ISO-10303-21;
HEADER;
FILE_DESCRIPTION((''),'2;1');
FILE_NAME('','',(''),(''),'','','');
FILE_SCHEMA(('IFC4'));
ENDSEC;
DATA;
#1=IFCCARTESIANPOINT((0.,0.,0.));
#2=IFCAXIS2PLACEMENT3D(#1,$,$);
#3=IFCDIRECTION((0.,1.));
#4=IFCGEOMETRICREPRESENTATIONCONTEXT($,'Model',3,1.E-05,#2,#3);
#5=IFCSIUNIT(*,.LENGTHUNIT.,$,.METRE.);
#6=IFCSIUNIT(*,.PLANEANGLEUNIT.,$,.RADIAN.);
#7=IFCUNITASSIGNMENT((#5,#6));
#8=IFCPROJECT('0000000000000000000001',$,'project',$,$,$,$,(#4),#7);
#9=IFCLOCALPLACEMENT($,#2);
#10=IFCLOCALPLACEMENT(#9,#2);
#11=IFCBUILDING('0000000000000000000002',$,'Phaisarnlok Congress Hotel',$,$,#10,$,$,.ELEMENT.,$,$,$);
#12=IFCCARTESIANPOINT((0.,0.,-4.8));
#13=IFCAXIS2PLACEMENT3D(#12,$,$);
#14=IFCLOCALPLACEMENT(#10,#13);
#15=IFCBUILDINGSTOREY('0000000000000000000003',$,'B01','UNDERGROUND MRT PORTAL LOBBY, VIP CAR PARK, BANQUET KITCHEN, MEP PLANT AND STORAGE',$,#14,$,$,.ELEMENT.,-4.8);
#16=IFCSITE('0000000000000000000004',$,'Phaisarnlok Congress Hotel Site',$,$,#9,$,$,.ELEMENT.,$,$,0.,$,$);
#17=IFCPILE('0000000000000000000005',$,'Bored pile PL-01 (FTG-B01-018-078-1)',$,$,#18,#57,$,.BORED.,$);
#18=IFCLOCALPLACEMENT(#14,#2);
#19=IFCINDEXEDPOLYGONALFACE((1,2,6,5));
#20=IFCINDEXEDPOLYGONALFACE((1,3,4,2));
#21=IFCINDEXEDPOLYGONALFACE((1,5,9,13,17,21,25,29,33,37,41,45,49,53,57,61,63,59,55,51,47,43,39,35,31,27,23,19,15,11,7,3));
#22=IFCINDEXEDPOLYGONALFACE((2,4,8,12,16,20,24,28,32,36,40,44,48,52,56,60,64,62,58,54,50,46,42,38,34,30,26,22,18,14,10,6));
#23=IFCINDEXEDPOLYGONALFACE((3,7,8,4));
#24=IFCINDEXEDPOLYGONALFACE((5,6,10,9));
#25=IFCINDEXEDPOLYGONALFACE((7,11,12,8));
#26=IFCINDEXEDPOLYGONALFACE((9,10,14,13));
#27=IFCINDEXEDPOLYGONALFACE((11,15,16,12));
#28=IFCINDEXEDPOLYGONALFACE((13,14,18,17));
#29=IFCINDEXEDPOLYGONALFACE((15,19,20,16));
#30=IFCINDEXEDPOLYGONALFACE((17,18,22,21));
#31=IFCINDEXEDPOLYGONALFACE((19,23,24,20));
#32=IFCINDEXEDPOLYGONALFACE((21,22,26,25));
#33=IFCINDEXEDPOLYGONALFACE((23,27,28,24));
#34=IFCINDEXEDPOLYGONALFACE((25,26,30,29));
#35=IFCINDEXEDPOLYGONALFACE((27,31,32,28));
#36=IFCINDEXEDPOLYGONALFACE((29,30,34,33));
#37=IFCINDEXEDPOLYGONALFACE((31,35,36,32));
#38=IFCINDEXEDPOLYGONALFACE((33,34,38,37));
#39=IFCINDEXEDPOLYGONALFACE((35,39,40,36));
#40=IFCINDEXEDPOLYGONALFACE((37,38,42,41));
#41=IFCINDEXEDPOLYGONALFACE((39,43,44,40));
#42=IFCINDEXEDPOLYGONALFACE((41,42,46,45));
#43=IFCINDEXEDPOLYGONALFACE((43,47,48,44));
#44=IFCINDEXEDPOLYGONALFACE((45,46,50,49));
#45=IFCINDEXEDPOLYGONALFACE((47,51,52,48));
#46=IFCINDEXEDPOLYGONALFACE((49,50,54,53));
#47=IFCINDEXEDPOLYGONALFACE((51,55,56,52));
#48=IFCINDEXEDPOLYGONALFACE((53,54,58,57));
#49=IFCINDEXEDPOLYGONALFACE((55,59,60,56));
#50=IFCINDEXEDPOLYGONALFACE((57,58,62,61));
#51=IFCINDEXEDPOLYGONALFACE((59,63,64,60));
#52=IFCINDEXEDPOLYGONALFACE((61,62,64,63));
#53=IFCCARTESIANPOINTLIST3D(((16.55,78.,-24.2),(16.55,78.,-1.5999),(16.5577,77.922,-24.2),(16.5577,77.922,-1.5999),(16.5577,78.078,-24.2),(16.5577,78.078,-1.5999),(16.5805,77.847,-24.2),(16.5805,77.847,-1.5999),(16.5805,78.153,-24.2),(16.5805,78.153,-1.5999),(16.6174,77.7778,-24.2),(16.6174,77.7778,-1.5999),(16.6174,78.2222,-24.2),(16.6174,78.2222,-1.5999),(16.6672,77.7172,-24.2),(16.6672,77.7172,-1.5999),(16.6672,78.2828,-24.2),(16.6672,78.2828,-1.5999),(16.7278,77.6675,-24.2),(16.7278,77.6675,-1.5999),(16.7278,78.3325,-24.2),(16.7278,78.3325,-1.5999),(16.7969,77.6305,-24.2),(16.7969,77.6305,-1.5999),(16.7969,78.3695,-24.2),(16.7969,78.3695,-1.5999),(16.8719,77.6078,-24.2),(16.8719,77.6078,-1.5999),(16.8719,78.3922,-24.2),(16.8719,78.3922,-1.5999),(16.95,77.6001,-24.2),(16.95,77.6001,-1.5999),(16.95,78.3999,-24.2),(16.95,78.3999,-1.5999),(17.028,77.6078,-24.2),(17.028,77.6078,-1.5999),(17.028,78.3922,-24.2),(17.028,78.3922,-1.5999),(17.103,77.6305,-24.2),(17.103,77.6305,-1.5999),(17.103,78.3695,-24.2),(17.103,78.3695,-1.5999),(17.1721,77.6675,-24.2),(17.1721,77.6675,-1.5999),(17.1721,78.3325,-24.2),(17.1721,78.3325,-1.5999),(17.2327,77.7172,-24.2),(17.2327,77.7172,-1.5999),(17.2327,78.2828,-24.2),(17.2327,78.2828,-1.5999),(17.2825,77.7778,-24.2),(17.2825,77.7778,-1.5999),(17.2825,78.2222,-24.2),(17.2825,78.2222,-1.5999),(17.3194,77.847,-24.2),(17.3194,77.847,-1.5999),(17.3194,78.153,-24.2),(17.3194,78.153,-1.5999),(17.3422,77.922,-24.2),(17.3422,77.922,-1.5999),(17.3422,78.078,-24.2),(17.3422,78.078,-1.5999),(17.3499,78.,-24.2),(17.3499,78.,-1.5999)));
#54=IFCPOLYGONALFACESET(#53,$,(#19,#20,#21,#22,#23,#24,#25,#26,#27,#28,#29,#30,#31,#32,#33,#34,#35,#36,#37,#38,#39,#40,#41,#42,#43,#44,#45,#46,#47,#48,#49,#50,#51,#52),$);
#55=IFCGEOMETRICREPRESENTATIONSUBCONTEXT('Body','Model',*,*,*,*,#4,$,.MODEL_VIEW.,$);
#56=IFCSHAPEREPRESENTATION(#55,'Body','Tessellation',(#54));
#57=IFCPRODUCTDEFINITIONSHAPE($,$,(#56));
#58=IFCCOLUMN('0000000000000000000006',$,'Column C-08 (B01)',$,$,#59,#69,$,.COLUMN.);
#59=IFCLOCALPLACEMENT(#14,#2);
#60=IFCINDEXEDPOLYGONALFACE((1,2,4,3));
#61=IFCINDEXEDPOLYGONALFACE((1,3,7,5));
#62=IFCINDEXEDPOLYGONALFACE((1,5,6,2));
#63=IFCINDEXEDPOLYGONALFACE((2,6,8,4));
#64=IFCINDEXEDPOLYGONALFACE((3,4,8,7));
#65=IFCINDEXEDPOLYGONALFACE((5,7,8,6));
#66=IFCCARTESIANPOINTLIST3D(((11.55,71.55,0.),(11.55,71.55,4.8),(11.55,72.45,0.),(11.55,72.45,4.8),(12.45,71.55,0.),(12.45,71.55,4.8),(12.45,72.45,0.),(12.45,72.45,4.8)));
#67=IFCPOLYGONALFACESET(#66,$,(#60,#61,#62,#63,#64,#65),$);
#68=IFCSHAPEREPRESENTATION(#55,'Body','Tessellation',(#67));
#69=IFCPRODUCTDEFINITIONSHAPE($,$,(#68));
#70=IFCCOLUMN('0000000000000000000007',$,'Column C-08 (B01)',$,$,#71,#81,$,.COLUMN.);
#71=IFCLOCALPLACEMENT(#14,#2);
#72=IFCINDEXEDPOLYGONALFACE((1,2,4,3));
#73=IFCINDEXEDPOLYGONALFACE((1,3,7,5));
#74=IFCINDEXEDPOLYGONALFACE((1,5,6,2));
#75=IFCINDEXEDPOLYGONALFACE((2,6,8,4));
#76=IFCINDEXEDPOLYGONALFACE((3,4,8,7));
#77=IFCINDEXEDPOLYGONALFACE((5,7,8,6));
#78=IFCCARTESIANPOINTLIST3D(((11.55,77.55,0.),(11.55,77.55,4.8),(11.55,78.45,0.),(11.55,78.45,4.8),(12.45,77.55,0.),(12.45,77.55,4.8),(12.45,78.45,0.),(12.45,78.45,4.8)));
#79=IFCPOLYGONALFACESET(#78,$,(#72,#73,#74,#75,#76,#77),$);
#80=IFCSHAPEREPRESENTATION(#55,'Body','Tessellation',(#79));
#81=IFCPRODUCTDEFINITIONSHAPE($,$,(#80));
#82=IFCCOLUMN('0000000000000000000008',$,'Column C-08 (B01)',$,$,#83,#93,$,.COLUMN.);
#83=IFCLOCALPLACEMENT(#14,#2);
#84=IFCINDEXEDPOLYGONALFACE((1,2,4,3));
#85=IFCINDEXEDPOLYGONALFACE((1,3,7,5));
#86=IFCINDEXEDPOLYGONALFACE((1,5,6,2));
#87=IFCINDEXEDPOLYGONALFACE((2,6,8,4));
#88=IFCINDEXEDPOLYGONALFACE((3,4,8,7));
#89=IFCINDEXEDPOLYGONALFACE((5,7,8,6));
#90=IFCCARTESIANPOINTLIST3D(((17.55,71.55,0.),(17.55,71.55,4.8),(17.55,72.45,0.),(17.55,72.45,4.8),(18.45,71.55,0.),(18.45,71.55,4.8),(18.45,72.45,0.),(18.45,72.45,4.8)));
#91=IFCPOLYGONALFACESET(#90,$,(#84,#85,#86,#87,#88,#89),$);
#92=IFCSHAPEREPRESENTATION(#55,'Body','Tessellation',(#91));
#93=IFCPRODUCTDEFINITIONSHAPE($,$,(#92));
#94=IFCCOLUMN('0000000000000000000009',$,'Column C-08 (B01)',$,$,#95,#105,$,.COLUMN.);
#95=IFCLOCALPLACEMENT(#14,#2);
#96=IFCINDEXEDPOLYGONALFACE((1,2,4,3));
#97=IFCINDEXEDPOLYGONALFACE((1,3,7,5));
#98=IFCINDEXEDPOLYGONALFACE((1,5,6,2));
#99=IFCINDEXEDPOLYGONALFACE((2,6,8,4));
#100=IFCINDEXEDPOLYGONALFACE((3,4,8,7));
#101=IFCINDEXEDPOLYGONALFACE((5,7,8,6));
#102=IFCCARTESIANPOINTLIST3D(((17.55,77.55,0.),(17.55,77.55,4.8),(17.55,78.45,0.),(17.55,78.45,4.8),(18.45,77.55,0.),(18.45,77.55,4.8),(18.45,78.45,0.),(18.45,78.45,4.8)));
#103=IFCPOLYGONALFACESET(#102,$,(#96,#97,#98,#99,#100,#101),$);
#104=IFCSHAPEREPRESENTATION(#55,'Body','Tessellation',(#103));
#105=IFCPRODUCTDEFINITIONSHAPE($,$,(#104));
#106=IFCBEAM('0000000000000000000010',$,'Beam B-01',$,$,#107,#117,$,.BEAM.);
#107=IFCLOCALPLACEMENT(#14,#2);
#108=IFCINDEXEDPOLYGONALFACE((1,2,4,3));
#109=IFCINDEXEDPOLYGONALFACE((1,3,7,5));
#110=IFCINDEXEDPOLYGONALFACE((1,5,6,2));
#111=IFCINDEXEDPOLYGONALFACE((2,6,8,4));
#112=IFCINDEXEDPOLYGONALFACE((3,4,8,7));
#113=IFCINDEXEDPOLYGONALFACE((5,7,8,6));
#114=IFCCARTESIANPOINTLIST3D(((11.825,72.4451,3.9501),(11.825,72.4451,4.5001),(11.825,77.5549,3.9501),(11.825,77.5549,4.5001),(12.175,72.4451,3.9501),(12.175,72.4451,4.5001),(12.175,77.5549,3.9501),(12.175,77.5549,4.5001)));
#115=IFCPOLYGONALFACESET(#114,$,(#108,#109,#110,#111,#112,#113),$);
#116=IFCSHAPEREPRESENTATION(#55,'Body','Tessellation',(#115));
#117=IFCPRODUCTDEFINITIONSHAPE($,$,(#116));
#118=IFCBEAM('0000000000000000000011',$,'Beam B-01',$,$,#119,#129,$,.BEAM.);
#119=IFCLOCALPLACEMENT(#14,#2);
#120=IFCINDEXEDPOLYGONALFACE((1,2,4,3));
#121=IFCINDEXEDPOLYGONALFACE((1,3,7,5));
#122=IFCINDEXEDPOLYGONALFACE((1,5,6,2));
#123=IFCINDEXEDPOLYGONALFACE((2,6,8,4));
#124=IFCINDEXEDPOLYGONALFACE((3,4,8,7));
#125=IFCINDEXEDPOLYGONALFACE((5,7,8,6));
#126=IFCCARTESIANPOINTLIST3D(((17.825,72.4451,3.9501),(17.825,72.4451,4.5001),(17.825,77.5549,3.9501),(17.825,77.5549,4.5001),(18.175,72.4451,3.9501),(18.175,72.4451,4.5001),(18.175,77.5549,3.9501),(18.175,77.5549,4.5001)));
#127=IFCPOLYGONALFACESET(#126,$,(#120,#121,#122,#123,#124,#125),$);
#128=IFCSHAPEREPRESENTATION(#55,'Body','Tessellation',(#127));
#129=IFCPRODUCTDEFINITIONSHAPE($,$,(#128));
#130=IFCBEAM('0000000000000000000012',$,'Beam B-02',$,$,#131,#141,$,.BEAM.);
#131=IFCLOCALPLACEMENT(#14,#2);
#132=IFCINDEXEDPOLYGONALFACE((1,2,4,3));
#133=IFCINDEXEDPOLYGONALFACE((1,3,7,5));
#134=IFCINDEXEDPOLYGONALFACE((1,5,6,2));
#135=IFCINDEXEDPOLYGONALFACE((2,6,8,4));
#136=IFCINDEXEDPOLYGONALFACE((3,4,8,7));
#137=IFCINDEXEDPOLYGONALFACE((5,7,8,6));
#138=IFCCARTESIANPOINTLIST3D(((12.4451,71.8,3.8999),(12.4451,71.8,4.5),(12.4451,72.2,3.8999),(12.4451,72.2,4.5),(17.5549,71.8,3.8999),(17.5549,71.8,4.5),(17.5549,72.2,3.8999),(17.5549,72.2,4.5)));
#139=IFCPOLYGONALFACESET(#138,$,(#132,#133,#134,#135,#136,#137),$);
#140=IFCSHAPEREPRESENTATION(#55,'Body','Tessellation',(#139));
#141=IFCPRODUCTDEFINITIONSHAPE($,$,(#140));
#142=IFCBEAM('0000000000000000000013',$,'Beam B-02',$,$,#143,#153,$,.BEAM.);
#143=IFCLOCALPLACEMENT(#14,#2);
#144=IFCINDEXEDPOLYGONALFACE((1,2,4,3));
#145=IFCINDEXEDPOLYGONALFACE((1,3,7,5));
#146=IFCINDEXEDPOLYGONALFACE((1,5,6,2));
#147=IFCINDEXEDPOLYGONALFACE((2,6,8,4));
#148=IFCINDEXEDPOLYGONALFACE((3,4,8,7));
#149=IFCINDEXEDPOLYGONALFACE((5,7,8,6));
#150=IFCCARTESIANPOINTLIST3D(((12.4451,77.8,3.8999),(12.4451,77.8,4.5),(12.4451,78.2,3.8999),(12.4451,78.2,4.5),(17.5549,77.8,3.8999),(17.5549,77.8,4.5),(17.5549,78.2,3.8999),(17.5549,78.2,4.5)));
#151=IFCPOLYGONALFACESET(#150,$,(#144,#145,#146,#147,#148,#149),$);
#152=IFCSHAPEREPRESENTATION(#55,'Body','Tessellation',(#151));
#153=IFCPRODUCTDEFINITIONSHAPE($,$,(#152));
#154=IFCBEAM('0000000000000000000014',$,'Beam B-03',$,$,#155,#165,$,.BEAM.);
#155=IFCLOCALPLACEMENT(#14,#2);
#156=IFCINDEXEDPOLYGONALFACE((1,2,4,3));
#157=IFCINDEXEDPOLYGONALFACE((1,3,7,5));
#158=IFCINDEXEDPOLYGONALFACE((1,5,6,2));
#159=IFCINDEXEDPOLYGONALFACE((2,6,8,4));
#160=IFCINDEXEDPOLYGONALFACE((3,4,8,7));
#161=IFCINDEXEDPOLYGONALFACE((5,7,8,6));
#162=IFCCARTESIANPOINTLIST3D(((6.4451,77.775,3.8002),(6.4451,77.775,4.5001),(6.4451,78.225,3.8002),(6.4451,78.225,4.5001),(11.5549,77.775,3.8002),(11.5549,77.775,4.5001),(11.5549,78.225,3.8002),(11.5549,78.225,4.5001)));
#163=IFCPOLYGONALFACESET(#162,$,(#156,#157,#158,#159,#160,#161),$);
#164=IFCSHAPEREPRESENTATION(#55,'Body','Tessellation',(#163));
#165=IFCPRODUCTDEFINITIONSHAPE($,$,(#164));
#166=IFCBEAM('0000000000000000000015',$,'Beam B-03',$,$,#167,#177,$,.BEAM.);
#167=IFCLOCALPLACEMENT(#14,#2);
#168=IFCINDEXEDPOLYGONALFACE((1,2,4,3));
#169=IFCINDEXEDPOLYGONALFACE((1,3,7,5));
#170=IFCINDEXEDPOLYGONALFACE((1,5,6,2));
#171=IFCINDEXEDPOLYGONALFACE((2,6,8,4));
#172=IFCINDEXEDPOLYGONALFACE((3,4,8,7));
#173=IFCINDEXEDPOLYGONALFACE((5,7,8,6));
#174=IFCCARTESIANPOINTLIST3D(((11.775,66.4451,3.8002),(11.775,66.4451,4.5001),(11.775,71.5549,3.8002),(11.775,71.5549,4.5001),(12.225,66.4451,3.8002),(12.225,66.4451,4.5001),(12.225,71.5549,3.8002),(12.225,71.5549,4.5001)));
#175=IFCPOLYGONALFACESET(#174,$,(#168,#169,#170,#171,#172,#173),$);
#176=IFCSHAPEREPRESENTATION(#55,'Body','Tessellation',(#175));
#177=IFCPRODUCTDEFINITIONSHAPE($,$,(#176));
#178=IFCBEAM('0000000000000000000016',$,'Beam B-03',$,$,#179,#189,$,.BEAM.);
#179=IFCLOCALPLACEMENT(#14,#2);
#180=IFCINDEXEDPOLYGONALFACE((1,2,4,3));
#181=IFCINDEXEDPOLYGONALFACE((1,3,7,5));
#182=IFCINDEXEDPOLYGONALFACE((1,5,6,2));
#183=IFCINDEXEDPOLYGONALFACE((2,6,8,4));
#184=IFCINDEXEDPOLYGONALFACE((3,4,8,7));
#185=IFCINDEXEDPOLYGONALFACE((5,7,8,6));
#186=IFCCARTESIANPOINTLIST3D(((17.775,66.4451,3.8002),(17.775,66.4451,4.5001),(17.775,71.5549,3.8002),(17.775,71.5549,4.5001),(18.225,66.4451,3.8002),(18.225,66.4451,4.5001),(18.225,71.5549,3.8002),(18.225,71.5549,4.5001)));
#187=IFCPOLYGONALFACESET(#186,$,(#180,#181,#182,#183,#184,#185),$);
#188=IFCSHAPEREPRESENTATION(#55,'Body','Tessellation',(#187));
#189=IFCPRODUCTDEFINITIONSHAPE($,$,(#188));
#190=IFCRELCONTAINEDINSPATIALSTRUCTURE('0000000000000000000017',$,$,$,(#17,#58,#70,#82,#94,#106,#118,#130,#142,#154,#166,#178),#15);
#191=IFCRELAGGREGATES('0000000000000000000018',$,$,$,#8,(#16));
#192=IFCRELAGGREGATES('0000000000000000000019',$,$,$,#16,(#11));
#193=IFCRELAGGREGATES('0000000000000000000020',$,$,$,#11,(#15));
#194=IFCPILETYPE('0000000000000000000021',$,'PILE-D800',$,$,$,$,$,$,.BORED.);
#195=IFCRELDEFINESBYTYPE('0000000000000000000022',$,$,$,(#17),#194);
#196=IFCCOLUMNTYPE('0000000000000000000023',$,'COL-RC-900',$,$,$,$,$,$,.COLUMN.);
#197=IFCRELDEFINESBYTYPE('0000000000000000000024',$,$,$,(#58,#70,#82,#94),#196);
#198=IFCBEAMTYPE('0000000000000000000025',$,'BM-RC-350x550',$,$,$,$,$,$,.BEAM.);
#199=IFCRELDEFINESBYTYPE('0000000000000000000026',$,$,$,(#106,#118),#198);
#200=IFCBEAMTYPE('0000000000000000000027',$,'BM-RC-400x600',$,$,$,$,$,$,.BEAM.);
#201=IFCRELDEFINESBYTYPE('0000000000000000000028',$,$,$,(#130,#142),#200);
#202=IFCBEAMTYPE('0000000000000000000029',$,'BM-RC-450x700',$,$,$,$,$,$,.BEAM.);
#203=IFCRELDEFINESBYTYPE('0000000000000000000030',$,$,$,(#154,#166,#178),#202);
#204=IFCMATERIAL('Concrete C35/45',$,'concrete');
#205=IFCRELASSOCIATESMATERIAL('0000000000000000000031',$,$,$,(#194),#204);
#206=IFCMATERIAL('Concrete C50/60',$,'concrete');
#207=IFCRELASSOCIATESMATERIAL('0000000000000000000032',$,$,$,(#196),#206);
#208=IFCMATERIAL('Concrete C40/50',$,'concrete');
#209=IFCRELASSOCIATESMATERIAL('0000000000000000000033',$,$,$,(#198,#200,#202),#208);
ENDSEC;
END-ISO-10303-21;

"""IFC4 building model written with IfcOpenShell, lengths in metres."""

from ifc_helpers import new_model, si_unit, direction, frame, origin, origin_2d, place, context, subcontext, project, spatial, rectangle, circle, extrude, material, material_profile, profile_set, type_object, element, save


model = new_model("IFC4")

# Units and contexts
model_context = context("Model", 3, precision=1e-05, world=origin(), true_north=direction((0.0, 1.0)))
body_context = subcontext(model_context, "Body", "Model", "MODEL_VIEW")
ifc_project = project(units=[si_unit("LENGTHUNIT", "METRE"), si_unit("PLANEANGLEUNIT", "RADIAN")], contexts=[model_context])

# Site, building, storey
site_placement = place(None, origin())
site = spatial("IfcSite", under=ifc_project, at=site_placement, Name="Phaisarnlok Congress Hotel Site", CompositionType="ELEMENT", RefElevation=0.0)
building_placement = place(site_placement, origin())
building = spatial("IfcBuilding", under=site, at=building_placement, Name="Phaisarnlok Congress Hotel", CompositionType="ELEMENT")
storey_placement = place(building_placement, frame((0.0, 0.0, -4.8)))
storey = spatial("IfcBuildingStorey", under=building, at=storey_placement, Name="B01", Description="UNDERGROUND MRT PORTAL LOBBY, VIP CAR PARK, BANQUET KITCHEN, MEP PLANT AND STORAGE", CompositionType="ELEMENT", Elevation=-4.8)

# Shared definitions
ifc_material_1 = material(Name="Concrete C40/50", Category="concrete")

# Pile
ifc_material_2 = material(Name="Concrete C35/45", Category="concrete")
ifc_material_profile_1 = material_profile(ifc_material_2, circle(Radius=0.3999, at=origin_2d()), Name="BORED PILE D800")
ifc_profile_set_1 = profile_set([ifc_material_profile_1], Name="Concrete C35/45")
pile_type_1 = type_object("IfcPileType", Name="PILE-D800", PredefinedType="BORED", material=ifc_profile_set_1)
pile_1_placement = place(storey_placement, frame((16.95, 78.0, -1.5999), z_axis=(0.0, 0.0, -1.0), x_axis=(1.0, 0.0, 0.0)))
element("IfcPile", 1, at=pile_1_placement, inside=storey, type_object=pile_type_1, Name="Bored pile PL-01 (FTG-B01-018-078-1)", PredefinedType="BORED", context=body_context, shape_type="SweptSolid", body=[
    extrude(circle(Radius=0.3999, at=origin_2d()), origin(), (0.0, 0.0, 1.0), 22.6001),
])

# Columns
ifc_material_3 = material(Name="Concrete C50/60", Category="concrete")
ifc_material_profile_2 = material_profile(ifc_material_3, rectangle(XDim=0.8999, YDim=0.8999, at=origin_2d()), Name="RC 900x900")
ifc_profile_set_2 = profile_set([ifc_material_profile_2], Name="Concrete C50/60")
column_type = type_object("IfcColumnType", Name="COL-RC-900", PredefinedType="COLUMN", material=ifc_profile_set_2)
for number, where, z_axis, x_axis, name in (
    (2, (12.0, 72.0, 0.0), (0.0, 0.0, 1.0), (1.0, 0.0, 0.0), "Column C-08 (B01)"),
    (3, (12.0, 78.0, 0.0), (0.0, 0.0, 1.0), (1.0, 0.0, 0.0), "Column C-08 (B01)"),
    (4, (18.0, 72.0, 0.0), (0.0, 0.0, 1.0), (1.0, 0.0, 0.0), "Column C-08 (B01)"),
    (5, (18.0, 78.0, 0.0), (0.0, 0.0, 1.0), (1.0, 0.0, 0.0), "Column C-08 (B01)"),
):
    element("IfcColumn", number, at=place(storey_placement, frame(where, z_axis=z_axis, x_axis=x_axis)), inside=storey, type_object=column_type, Name=name, PredefinedType="COLUMN", context=body_context, shape_type="SweptSolid", body=[
        extrude(rectangle(XDim=0.8999, YDim=0.8999, at=origin_2d()), origin(), (0.0, 0.0, 1.0), 4.8),
    ])

# Beams
ifc_material_profile_3 = material_profile(ifc_material_1, rectangle(XDim=0.3501, YDim=0.55, at=origin_2d()), Name="RC 350x550")
ifc_profile_set_3 = profile_set([ifc_material_profile_3], Name="Concrete C40/50")
beam_type_1 = type_object("IfcBeamType", Name="BM-RC-350x550", PredefinedType="BEAM", material=ifc_profile_set_3)
for number, where, z_axis, x_axis, name in (
    (6, (12.0, 72.4451, 4.2251), (0.0, 1.0, 0.0), (-1.0, 0.0, 0.0), "Beam B-01"),
    (7, (18.0, 72.4451, 4.2251), (0.0, 1.0, 0.0), (-1.0, 0.0, 0.0), "Beam B-01"),
):
    element("IfcBeam", number, at=place(storey_placement, frame(where, z_axis=z_axis, x_axis=x_axis)), inside=storey, type_object=beam_type_1, Name=name, PredefinedType="BEAM", context=body_context, shape_type="SweptSolid", body=[
        extrude(rectangle(XDim=0.3501, YDim=0.55, at=origin_2d()), origin(), (0.0, 0.0, 1.0), 5.1099),
    ])
ifc_material_profile_4 = material_profile(ifc_material_1, rectangle(XDim=0.3999, YDim=0.6001, at=origin_2d()), Name="RC 400x600")
ifc_profile_set_4 = profile_set([ifc_material_profile_4], Name="Concrete C40/50")
beam_type_2 = type_object("IfcBeamType", Name="BM-RC-400x600", PredefinedType="BEAM", material=ifc_profile_set_4)
for number, where, z_axis, x_axis, name in (
    (8, (12.4451, 72.0, 4.2), (1.0, 0.0, 0.0), (0.0, 1.0, 0.0), "Beam B-02"),
    (9, (12.4451, 78.0, 4.2), (1.0, 0.0, 0.0), (0.0, 1.0, 0.0), "Beam B-02"),
):
    element("IfcBeam", number, at=place(storey_placement, frame(where, z_axis=z_axis, x_axis=x_axis)), inside=storey, type_object=beam_type_2, Name=name, PredefinedType="BEAM", context=body_context, shape_type="SweptSolid", body=[
        extrude(rectangle(XDim=0.3999, YDim=0.6001, at=origin_2d()), origin(), (0.0, 0.0, 1.0), 5.1099),
    ])
ifc_material_profile_5 = material_profile(ifc_material_1, rectangle(XDim=0.45, YDim=0.7, at=origin_2d()), Name="RC 450x700")
ifc_profile_set_5 = profile_set([ifc_material_profile_5], Name="Concrete C40/50")
beam_type_3 = type_object("IfcBeamType", Name="BM-RC-450x700", PredefinedType="BEAM", material=ifc_profile_set_5)
for number, where, z_axis, x_axis, name in (
    (10, (6.4451, 78.0, 4.1501), (1.0, 0.0, 0.0), (0.0, 1.0, 0.0), "Beam B-03"),
    (11, (12.0, 66.4451, 4.1501), (0.0, 1.0, 0.0), (-1.0, 0.0, 0.0), "Beam B-03"),
    (12, (18.0, 66.4451, 4.1501), (0.0, 1.0, 0.0), (-1.0, 0.0, 0.0), "Beam B-03"),
):
    element("IfcBeam", number, at=place(storey_placement, frame(where, z_axis=z_axis, x_axis=x_axis)), inside=storey, type_object=beam_type_3, Name=name, PredefinedType="BEAM", context=body_context, shape_type="SweptSolid", body=[
        extrude(rectangle(XDim=0.45, YDim=0.7, at=origin_2d()), origin(), (0.0, 0.0, 1.0), 5.1099),
    ])

save(model, "model.ifc")
